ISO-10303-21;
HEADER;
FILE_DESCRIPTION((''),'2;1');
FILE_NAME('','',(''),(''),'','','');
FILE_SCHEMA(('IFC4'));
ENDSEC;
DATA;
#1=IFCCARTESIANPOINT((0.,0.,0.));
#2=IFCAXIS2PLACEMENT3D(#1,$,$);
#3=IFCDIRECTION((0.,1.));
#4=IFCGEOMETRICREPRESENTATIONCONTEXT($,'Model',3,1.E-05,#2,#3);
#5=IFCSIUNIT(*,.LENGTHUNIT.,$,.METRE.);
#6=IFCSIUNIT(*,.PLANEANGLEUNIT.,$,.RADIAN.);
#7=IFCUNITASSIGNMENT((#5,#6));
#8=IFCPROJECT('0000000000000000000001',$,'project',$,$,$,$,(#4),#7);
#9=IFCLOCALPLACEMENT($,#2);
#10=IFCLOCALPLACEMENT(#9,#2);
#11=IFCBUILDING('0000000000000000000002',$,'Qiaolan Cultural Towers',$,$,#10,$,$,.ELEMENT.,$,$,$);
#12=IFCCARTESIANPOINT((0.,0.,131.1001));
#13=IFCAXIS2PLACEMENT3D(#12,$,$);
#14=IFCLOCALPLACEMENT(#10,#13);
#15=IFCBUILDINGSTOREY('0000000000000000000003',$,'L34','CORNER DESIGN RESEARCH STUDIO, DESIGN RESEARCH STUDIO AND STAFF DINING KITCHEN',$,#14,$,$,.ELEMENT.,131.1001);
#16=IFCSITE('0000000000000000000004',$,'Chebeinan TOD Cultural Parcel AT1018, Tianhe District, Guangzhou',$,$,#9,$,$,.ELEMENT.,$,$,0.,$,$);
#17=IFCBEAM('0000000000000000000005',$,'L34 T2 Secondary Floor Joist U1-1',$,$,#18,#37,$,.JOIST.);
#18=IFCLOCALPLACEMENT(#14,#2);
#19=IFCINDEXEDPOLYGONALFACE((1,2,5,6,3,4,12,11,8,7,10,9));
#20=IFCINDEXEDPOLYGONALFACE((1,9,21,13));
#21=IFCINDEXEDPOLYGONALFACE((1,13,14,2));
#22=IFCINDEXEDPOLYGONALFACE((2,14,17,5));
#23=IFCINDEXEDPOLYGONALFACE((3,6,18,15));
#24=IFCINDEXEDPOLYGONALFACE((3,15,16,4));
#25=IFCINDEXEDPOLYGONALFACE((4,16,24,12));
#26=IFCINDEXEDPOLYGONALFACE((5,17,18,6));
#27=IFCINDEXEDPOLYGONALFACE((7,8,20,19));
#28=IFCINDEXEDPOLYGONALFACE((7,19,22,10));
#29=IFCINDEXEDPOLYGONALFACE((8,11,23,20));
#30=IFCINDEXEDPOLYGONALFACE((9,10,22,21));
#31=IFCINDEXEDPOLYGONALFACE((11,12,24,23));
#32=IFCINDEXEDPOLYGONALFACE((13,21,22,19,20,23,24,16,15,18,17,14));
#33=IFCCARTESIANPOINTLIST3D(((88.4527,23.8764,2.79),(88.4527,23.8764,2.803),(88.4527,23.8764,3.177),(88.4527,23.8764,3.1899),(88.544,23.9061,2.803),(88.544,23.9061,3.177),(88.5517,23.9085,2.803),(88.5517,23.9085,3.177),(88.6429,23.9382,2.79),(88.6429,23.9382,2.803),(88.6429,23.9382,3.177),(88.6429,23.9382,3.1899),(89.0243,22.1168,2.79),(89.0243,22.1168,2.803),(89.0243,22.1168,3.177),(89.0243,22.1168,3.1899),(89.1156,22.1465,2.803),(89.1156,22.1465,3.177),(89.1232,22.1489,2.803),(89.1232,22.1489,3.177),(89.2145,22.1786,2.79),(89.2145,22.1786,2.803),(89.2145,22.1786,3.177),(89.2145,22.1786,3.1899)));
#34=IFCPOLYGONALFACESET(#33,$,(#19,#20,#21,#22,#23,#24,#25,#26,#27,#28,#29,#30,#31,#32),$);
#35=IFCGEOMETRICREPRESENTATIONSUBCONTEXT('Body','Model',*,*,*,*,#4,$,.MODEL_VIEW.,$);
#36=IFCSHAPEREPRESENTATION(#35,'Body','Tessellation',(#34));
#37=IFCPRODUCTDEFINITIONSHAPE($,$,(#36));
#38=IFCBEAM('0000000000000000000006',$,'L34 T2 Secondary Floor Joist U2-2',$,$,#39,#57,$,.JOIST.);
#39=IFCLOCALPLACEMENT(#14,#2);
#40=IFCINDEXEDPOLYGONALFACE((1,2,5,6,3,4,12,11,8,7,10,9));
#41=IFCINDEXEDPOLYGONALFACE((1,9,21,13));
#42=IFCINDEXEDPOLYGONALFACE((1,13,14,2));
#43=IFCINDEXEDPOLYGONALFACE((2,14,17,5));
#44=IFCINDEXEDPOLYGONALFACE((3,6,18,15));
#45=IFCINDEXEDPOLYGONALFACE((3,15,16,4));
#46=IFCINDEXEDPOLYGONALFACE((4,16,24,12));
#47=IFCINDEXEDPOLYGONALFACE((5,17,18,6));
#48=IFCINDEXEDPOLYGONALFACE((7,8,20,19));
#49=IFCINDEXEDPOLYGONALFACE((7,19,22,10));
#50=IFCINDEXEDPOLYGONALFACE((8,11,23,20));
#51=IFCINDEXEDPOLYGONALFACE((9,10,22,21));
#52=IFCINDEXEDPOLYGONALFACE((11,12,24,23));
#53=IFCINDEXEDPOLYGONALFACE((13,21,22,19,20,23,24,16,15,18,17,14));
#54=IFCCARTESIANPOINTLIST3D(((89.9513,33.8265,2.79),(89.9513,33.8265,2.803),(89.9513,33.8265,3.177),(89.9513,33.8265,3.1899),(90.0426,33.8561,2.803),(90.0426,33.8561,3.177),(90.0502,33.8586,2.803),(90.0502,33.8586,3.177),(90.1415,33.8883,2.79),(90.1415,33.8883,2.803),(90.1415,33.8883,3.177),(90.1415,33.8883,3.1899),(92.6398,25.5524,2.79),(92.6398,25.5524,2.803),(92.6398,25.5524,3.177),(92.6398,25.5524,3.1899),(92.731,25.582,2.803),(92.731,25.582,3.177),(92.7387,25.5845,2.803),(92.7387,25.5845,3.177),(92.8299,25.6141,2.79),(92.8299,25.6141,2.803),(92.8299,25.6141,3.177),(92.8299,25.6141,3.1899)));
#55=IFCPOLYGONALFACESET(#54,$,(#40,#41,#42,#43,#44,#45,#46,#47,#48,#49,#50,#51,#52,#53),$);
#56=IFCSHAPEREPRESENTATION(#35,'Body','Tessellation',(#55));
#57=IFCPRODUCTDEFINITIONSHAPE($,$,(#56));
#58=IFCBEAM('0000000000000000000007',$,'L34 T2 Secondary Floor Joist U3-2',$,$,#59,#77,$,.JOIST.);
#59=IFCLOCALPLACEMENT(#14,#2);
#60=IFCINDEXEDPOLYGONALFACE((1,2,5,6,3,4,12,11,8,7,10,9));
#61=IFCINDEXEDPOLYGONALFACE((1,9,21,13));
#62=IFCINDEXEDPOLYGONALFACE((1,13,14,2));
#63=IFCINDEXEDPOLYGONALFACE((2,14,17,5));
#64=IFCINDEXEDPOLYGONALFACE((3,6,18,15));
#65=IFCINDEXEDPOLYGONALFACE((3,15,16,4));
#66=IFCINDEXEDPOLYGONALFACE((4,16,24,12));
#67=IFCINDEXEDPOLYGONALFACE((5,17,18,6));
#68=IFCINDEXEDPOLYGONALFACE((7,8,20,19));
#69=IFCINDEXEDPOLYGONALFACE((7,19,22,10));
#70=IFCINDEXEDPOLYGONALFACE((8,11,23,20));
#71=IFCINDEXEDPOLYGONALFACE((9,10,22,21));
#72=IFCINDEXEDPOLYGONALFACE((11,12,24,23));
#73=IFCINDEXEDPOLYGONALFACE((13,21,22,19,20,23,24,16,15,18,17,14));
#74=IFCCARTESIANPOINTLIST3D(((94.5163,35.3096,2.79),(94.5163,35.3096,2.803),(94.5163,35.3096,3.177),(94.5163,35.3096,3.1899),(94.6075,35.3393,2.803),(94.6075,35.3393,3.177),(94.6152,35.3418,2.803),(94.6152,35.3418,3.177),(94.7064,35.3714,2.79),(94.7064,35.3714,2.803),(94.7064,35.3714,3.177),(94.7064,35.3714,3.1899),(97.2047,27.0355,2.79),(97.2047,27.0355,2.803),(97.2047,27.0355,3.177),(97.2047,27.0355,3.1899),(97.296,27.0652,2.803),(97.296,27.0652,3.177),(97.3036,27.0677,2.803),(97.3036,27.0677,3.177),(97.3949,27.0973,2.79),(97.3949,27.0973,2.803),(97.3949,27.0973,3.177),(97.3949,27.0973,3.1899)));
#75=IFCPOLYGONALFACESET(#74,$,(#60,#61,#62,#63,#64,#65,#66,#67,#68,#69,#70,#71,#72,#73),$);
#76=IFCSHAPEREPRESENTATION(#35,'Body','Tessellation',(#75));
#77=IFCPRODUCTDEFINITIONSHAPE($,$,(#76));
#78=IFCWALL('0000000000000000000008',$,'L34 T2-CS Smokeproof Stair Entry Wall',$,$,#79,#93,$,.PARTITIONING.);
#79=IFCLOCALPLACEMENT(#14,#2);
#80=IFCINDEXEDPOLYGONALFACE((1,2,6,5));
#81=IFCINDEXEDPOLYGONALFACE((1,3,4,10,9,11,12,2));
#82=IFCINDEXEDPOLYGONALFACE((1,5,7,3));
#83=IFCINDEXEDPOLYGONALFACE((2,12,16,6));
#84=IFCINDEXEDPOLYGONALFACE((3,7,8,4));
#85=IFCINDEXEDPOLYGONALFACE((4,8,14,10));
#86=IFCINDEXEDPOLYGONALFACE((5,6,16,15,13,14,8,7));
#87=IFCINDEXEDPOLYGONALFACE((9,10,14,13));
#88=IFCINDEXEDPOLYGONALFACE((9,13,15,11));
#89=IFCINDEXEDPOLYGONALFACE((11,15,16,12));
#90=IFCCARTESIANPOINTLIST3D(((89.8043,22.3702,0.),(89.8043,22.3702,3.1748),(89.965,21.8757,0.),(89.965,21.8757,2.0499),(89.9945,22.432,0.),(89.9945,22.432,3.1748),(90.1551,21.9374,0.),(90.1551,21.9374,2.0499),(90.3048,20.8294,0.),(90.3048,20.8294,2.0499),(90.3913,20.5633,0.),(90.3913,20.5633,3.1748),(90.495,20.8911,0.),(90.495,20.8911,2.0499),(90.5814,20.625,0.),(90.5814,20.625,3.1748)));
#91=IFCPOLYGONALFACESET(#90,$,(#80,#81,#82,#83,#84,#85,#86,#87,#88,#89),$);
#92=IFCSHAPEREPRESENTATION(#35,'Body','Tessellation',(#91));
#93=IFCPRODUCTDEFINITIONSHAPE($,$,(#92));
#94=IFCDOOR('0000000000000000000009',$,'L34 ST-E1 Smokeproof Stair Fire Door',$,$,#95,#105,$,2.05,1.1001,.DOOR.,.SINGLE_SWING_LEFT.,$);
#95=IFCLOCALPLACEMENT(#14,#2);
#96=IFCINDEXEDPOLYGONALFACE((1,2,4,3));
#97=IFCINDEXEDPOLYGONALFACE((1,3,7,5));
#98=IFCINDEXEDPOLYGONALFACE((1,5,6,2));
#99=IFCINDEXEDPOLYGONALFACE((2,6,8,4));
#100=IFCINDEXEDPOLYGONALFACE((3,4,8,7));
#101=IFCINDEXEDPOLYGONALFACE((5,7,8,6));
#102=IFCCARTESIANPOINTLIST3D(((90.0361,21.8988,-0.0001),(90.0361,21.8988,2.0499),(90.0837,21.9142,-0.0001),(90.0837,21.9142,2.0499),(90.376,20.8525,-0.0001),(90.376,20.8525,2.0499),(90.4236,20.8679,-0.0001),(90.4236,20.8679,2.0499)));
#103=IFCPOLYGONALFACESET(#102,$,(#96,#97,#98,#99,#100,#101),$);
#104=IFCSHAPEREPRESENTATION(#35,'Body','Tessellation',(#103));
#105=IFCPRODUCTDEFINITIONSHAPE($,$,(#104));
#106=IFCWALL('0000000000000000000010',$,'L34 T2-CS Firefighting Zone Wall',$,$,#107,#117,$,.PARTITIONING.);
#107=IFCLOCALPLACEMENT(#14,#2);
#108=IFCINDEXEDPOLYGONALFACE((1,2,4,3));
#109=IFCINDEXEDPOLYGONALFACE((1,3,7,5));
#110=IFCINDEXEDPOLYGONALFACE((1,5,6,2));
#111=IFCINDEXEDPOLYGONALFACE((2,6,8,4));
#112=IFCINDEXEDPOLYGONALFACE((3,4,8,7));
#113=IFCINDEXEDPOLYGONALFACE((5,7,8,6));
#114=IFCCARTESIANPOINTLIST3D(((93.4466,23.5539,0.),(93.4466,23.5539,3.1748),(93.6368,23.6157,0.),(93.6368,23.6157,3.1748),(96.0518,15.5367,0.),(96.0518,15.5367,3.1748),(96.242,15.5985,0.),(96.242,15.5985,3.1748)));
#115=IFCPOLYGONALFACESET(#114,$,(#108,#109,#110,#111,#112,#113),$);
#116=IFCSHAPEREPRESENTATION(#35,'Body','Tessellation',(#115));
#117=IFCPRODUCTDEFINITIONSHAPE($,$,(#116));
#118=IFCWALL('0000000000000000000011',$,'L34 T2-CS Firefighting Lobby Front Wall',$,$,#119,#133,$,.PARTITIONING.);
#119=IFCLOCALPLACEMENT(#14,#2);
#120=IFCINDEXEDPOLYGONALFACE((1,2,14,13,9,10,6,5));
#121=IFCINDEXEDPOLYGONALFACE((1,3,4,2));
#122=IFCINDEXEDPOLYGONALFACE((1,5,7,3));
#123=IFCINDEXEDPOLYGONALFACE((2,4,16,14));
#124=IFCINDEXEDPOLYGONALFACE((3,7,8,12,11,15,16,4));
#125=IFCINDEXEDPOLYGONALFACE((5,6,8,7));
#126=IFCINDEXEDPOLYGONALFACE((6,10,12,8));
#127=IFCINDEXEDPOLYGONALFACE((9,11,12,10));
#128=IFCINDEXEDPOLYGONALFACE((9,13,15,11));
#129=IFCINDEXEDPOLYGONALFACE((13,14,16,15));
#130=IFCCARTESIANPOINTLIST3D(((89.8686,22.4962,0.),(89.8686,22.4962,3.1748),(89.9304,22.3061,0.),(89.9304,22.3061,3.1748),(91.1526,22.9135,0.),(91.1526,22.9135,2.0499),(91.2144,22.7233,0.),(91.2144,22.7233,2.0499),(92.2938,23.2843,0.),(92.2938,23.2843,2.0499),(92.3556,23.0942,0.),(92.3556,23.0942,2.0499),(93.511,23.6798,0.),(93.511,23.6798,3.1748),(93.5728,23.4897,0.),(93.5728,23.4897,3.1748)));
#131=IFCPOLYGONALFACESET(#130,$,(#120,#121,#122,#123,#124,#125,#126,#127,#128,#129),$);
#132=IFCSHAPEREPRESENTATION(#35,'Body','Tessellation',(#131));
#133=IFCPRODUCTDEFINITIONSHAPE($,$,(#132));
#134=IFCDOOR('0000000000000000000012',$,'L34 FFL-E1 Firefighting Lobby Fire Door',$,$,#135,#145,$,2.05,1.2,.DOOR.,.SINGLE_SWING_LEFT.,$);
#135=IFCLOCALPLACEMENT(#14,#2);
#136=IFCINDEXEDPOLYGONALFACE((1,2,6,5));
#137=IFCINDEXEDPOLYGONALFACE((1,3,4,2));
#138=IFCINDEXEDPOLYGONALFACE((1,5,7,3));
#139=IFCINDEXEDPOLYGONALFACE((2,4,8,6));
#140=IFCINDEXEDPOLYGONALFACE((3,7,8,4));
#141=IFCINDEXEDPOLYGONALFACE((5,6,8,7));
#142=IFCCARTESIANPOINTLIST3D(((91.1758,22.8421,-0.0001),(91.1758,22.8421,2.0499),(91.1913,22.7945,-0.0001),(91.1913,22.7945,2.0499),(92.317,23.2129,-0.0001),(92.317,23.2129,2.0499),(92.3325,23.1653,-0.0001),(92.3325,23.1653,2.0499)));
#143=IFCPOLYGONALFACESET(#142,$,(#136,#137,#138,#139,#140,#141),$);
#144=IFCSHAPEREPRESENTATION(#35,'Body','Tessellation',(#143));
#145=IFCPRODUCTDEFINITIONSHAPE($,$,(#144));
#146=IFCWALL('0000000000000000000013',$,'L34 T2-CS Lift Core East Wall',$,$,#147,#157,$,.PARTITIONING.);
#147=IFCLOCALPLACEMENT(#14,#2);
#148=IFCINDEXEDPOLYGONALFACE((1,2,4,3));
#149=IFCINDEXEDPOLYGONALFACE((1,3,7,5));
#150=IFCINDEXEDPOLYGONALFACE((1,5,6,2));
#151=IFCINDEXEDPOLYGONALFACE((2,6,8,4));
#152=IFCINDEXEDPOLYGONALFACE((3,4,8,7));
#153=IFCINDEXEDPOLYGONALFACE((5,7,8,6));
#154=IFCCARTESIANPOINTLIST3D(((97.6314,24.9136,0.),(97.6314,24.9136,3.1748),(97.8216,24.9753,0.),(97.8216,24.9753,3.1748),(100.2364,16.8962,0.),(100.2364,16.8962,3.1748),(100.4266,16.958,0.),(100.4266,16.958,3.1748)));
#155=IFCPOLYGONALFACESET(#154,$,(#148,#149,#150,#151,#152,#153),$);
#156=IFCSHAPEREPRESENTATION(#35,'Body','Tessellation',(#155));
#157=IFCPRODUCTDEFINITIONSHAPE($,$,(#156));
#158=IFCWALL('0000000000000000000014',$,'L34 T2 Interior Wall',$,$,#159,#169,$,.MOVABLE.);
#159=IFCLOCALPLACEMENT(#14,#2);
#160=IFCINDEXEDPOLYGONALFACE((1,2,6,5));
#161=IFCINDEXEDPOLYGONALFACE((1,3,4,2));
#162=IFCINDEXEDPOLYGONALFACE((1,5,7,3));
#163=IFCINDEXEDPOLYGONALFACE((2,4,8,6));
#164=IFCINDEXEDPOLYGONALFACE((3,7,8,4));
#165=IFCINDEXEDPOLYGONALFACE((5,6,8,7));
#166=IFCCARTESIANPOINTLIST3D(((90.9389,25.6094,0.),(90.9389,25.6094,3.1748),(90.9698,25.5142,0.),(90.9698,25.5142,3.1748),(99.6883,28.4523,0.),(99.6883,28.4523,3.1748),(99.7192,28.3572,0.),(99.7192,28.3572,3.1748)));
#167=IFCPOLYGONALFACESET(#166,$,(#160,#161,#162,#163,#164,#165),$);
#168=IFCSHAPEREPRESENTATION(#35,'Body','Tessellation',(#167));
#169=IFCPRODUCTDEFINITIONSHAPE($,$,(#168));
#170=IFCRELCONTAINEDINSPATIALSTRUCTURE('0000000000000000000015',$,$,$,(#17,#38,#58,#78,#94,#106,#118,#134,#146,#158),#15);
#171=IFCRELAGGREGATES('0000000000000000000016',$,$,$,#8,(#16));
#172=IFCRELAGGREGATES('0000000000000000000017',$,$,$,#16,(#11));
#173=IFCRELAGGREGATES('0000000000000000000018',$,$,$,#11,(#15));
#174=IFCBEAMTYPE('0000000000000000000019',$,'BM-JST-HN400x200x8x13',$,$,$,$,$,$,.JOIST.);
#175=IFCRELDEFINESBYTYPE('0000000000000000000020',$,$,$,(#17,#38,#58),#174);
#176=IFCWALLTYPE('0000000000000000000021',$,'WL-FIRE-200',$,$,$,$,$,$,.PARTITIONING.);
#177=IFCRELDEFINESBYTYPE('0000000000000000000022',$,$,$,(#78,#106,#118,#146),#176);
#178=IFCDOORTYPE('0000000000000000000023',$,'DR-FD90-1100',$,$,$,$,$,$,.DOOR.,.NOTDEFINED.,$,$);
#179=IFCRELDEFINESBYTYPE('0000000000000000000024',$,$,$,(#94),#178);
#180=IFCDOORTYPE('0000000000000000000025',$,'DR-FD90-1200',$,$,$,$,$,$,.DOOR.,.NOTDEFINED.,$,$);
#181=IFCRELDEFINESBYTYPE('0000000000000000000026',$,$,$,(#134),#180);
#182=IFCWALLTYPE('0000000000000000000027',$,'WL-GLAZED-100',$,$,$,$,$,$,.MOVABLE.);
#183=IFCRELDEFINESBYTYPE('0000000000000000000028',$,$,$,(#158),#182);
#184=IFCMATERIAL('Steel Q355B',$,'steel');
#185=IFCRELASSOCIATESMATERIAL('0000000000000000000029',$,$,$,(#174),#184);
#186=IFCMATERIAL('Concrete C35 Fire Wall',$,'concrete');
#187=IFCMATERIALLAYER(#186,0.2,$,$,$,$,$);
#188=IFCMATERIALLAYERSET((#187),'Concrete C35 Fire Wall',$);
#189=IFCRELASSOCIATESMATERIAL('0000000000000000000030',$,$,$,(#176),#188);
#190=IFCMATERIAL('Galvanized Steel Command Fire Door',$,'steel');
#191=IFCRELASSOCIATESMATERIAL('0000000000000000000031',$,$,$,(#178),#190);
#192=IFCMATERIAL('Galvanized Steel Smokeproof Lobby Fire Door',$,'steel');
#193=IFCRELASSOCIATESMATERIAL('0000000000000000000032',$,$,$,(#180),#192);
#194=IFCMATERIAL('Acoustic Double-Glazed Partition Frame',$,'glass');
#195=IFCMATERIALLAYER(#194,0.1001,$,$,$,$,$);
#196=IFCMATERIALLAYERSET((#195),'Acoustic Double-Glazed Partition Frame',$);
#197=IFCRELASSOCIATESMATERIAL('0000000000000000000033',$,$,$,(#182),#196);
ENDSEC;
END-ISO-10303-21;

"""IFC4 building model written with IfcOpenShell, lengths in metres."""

from ifc_helpers import new_model, si_unit, direction, frame, frame_2d, origin, origin_2d, place, context, subcontext, project, spatial, rectangle, i_section, extrude, material, layer, layer_set, material_profile, profile_set, type_object, element, fill, save


model = new_model("IFC4")

# Units and contexts
model_context = context("Model", 3, precision=1e-05, world=origin(), true_north=direction((0.0, 1.0)))
body_context = subcontext(model_context, "Body", "Model", "MODEL_VIEW")
ifc_project = project(units=[si_unit("LENGTHUNIT", "METRE"), si_unit("PLANEANGLEUNIT", "RADIAN")], contexts=[model_context])

# Site, building, storey
site_placement = place(None, origin())
site = spatial("IfcSite", under=ifc_project, at=site_placement, Name="Chebeinan TOD Cultural Parcel AT1018, Tianhe District, Guangzhou", CompositionType="ELEMENT", RefElevation=0.0)
building_placement = place(site_placement, origin())
building = spatial("IfcBuilding", under=site, at=building_placement, Name="Qiaolan Cultural Towers", CompositionType="ELEMENT")
storey_placement = place(building_placement, frame((0.0, 0.0, 131.1001)))
storey = spatial("IfcBuildingStorey", under=building, at=storey_placement, Name="L34", Description="CORNER DESIGN RESEARCH STUDIO, DESIGN RESEARCH STUDIO AND STAFF DINING KITCHEN", CompositionType="ELEMENT", Elevation=131.1001)

# Beams
ifc_material_1 = material(Name="Steel Q355B", Category="steel")
ifc_material_profile = material_profile(ifc_material_1, i_section(OverallWidth=0.2, OverallDepth=0.3999, WebThickness=0.0081, FlangeThickness=0.0129, at=origin_2d()), Name="HN400x200x8x13")
ifc_profile_set = profile_set([ifc_material_profile], Name="Steel Q355B")
beam_type = type_object("IfcBeamType", Name="BM-JST-HN400x200x8x13", PredefinedType="JOIST", material=ifc_profile_set)
beam_placement = place(storey_placement, frame((89.1194, 22.1477, 2.99), z_axis=(-0.308934, 0.951084, 0.0), x_axis=(-0.951084, -0.308934, 0.0)))
element("IfcBeam", 1, at=beam_placement, inside=storey, type_object=beam_type, Name="L34 T2 Secondary Floor Joist U1-1", PredefinedType="JOIST", context=body_context, shape_type="SweptSolid", body=[
    extrude(i_section(OverallWidth=0.2, OverallDepth=0.3999, WebThickness=0.0081, FlangeThickness=0.0129, at=origin_2d()), origin(), (0.0, 0.0, 1.0), 1.8501),
])
for number, where, z_axis, x_axis, name in (
    (2, (92.7349, 25.5833, 2.99), (-0.309021, 0.951055, 0.0), (-0.951055, -0.309021, 0.0), "L34 T2 Secondary Floor Joist U2-2"),
    (3, (97.2998, 27.0664, 2.99), (-0.309021, 0.951055, 0.0), (-0.951055, -0.309021, 0.0), "L34 T2 Secondary Floor Joist U3-2"),
):
    element("IfcBeam", number, at=place(storey_placement, frame(where, z_axis=z_axis, x_axis=x_axis)), inside=storey, type_object=beam_type, Name=name, PredefinedType="JOIST", context=body_context, shape_type="SweptSolid", body=[
        extrude(i_section(OverallWidth=0.2, OverallDepth=0.3999, WebThickness=0.0081, FlangeThickness=0.0129, at=origin_2d()), origin(), (0.0, 0.0, 1.0), 8.7),
    ])

# Wall, opening, door
ifc_material_2 = material(Name="Concrete C35 Fire Wall", Category="concrete")
ifc_layer_1 = layer(ifc_material_2, 0.2)
ifc_layer_set_1 = layer_set([ifc_layer_1], Name="Concrete C35 Fire Wall")
wall_type_1 = type_object("IfcWallType", Name="WL-FIRE-200", PredefinedType="PARTITIONING", material=ifc_layer_set_1)
wall_1_placement = place(storey_placement, frame((89.8994, 22.4011, 0.0), z_axis=(0.0, 0.0, 1.0), x_axis=(0.308932, -0.951084, 0.0)))
wall_1 = element("IfcWall", 4, at=wall_1_placement, inside=storey, type_object=wall_type_1, Name="L34 T2-CS Smokeproof Stair Entry Wall", PredefinedType="PARTITIONING", context=body_context, shape_type="SweptSolid", body=[
    extrude(rectangle(XDim=1.8999, YDim=0.2, at=frame_2d((0.95, 0.0))), origin(), (0.0, 0.0, 1.0), 3.1748),
])
opening_1_placement = place(wall_1_placement, frame((0.52, 0.0, 0.0)))
opening_1 = element("IfcOpeningElement", 5, at=opening_1_placement, cuts=wall_1, PredefinedType="OPENING", context=body_context, shape_type="SweptSolid", body=[
    extrude(rectangle(XDim=1.1001, YDim=2.05, at=frame_2d((0.55, 1.0249))), frame((0.0, 0.1099, 0.0), z_axis=(0.0, -1.0, 0.0), x_axis=(1.0, 0.0, 0.0)), (0.0, 0.0, 1.0), 0.22),
])
ifc_material_3 = material(Name="Galvanized Steel Command Fire Door", Category="steel")
door_type_1 = type_object("IfcDoorType", Name="DR-FD90-1100", OperationType="NOTDEFINED", PredefinedType="DOOR", material=ifc_material_3)
door_1_placement = place(opening_1_placement, origin())
door_1 = element("IfcDoor", 6, at=door_1_placement, inside=storey, type_object=door_type_1, Name="L34 ST-E1 Smokeproof Stair Fire Door", OperationType="SINGLE_SWING_LEFT", OverallHeight=2.05, OverallWidth=1.1001, PredefinedType="DOOR", context=body_context, shape_type="SweptSolid", body=[
    extrude(rectangle(XDim=1.1001, YDim=2.05, at=frame_2d((0.55, 1.0249))), frame((0.0, 0.0249, 0.0), z_axis=(0.0, -1.0, 0.0), x_axis=(1.0, 0.0, 0.0)), (0.0, 0.0, 1.0), 0.05),
])
fill(opening_1, door_1)

# Wall
wall_2_placement = place(storey_placement, frame((93.5417, 23.5847, 0.0), z_axis=(0.0, 0.0, 1.0), x_axis=(0.309042, -0.951048, 0.0)))
element("IfcWall", 7, at=wall_2_placement, inside=storey, type_object=wall_type_1, Name="L34 T2-CS Firefighting Zone Wall", PredefinedType="PARTITIONING", context=body_context, shape_type="SweptSolid", body=[
    extrude(rectangle(XDim=8.4299, YDim=0.2, at=frame_2d((4.2148, 0.0))), origin(), (0.0, 0.0, 1.0), 3.1748),
])

# Wall, opening, door
wall_3_placement = place(storey_placement, frame((89.8994, 22.4011, 0.0), z_axis=(0.0, 0.0, 1.0), x_axis=(0.951047, 0.309047, 0.0)))
wall_3 = element("IfcWall", 8, at=wall_3_placement, inside=storey, type_object=wall_type_1, Name="L34 T2-CS Firefighting Lobby Front Wall", PredefinedType="PARTITIONING", context=body_context, shape_type="SweptSolid", body=[
    extrude(rectangle(XDim=3.8298, YDim=0.2, at=frame_2d((1.915, 0.0))), origin(), (0.0, 0.0, 1.0), 3.1748),
])
opening_2_placement = place(wall_3_placement, frame((1.3501, 0.0, 0.0)))
opening_2 = element("IfcOpeningElement", 9, at=opening_2_placement, cuts=wall_3, PredefinedType="OPENING", context=body_context, shape_type="SweptSolid", body=[
    extrude(rectangle(XDim=1.2, YDim=2.05, at=frame_2d((0.6001, 1.0249))), frame((0.0, 0.1099, 0.0), z_axis=(0.0, -1.0, 0.0), x_axis=(1.0, 0.0, 0.0)), (0.0, 0.0, 1.0), 0.22),
])
ifc_material_4 = material(Name="Galvanized Steel Smokeproof Lobby Fire Door", Category="steel")
door_type_2 = type_object("IfcDoorType", Name="DR-FD90-1200", OperationType="NOTDEFINED", PredefinedType="DOOR", material=ifc_material_4)
door_2_placement = place(opening_2_placement, origin())
door_2 = element("IfcDoor", 10, at=door_2_placement, inside=storey, type_object=door_type_2, Name="L34 FFL-E1 Firefighting Lobby Fire Door", OperationType="SINGLE_SWING_LEFT", OverallHeight=2.05, OverallWidth=1.2, PredefinedType="DOOR", context=body_context, shape_type="SweptSolid", body=[
    extrude(rectangle(XDim=1.2, YDim=2.05, at=frame_2d((0.6001, 1.0249))), frame((0.0, 0.0249, 0.0), z_axis=(0.0, -1.0, 0.0), x_axis=(1.0, 0.0, 0.0)), (0.0, 0.0, 1.0), 0.05),
])
fill(opening_2, door_2)

# Walls
wall_4_placement = place(storey_placement, frame((97.7266, 24.9443, 0.0), z_axis=(0.0, 0.0, 1.0), x_axis=(0.309016, -0.951057, 0.0)))
element("IfcWall", 11, at=wall_4_placement, inside=storey, type_object=wall_type_1, Name="L34 T2-CS Lift Core East Wall", PredefinedType="PARTITIONING", context=body_context, shape_type="SweptSolid", body=[
    extrude(rectangle(XDim=8.4299, YDim=0.2, at=frame_2d((4.2148, 0.0))), origin(), (0.0, 0.0, 1.0), 3.1748),
])
ifc_material_5 = material(Name="Acoustic Double-Glazed Partition Frame", Category="glass")
ifc_layer_2 = layer(ifc_material_5, 0.1001)
ifc_layer_set_2 = layer_set([ifc_layer_2], Name="Acoustic Double-Glazed Partition Frame")
wall_type_2 = type_object("IfcWallType", Name="WL-GLAZED-100", PredefinedType="MOVABLE", material=ifc_layer_set_2)
wall_5_placement = place(storey_placement, frame((90.9543, 25.5618, 0.0), z_axis=(0.0, 0.0, 1.0), x_axis=(0.951052, 0.30903, 0.0)))
element("IfcWall", 12, at=wall_5_placement, inside=storey, type_object=wall_type_2, Name="L34 T2 Interior Wall", PredefinedType="MOVABLE", context=body_context, shape_type="SweptSolid", body=[
    extrude(rectangle(XDim=9.1997, YDim=0.1001, at=frame_2d((4.5999, 0.0))), origin(), (0.0, 0.0, 1.0), 3.1748),
])

save(model, "model.ifc")
